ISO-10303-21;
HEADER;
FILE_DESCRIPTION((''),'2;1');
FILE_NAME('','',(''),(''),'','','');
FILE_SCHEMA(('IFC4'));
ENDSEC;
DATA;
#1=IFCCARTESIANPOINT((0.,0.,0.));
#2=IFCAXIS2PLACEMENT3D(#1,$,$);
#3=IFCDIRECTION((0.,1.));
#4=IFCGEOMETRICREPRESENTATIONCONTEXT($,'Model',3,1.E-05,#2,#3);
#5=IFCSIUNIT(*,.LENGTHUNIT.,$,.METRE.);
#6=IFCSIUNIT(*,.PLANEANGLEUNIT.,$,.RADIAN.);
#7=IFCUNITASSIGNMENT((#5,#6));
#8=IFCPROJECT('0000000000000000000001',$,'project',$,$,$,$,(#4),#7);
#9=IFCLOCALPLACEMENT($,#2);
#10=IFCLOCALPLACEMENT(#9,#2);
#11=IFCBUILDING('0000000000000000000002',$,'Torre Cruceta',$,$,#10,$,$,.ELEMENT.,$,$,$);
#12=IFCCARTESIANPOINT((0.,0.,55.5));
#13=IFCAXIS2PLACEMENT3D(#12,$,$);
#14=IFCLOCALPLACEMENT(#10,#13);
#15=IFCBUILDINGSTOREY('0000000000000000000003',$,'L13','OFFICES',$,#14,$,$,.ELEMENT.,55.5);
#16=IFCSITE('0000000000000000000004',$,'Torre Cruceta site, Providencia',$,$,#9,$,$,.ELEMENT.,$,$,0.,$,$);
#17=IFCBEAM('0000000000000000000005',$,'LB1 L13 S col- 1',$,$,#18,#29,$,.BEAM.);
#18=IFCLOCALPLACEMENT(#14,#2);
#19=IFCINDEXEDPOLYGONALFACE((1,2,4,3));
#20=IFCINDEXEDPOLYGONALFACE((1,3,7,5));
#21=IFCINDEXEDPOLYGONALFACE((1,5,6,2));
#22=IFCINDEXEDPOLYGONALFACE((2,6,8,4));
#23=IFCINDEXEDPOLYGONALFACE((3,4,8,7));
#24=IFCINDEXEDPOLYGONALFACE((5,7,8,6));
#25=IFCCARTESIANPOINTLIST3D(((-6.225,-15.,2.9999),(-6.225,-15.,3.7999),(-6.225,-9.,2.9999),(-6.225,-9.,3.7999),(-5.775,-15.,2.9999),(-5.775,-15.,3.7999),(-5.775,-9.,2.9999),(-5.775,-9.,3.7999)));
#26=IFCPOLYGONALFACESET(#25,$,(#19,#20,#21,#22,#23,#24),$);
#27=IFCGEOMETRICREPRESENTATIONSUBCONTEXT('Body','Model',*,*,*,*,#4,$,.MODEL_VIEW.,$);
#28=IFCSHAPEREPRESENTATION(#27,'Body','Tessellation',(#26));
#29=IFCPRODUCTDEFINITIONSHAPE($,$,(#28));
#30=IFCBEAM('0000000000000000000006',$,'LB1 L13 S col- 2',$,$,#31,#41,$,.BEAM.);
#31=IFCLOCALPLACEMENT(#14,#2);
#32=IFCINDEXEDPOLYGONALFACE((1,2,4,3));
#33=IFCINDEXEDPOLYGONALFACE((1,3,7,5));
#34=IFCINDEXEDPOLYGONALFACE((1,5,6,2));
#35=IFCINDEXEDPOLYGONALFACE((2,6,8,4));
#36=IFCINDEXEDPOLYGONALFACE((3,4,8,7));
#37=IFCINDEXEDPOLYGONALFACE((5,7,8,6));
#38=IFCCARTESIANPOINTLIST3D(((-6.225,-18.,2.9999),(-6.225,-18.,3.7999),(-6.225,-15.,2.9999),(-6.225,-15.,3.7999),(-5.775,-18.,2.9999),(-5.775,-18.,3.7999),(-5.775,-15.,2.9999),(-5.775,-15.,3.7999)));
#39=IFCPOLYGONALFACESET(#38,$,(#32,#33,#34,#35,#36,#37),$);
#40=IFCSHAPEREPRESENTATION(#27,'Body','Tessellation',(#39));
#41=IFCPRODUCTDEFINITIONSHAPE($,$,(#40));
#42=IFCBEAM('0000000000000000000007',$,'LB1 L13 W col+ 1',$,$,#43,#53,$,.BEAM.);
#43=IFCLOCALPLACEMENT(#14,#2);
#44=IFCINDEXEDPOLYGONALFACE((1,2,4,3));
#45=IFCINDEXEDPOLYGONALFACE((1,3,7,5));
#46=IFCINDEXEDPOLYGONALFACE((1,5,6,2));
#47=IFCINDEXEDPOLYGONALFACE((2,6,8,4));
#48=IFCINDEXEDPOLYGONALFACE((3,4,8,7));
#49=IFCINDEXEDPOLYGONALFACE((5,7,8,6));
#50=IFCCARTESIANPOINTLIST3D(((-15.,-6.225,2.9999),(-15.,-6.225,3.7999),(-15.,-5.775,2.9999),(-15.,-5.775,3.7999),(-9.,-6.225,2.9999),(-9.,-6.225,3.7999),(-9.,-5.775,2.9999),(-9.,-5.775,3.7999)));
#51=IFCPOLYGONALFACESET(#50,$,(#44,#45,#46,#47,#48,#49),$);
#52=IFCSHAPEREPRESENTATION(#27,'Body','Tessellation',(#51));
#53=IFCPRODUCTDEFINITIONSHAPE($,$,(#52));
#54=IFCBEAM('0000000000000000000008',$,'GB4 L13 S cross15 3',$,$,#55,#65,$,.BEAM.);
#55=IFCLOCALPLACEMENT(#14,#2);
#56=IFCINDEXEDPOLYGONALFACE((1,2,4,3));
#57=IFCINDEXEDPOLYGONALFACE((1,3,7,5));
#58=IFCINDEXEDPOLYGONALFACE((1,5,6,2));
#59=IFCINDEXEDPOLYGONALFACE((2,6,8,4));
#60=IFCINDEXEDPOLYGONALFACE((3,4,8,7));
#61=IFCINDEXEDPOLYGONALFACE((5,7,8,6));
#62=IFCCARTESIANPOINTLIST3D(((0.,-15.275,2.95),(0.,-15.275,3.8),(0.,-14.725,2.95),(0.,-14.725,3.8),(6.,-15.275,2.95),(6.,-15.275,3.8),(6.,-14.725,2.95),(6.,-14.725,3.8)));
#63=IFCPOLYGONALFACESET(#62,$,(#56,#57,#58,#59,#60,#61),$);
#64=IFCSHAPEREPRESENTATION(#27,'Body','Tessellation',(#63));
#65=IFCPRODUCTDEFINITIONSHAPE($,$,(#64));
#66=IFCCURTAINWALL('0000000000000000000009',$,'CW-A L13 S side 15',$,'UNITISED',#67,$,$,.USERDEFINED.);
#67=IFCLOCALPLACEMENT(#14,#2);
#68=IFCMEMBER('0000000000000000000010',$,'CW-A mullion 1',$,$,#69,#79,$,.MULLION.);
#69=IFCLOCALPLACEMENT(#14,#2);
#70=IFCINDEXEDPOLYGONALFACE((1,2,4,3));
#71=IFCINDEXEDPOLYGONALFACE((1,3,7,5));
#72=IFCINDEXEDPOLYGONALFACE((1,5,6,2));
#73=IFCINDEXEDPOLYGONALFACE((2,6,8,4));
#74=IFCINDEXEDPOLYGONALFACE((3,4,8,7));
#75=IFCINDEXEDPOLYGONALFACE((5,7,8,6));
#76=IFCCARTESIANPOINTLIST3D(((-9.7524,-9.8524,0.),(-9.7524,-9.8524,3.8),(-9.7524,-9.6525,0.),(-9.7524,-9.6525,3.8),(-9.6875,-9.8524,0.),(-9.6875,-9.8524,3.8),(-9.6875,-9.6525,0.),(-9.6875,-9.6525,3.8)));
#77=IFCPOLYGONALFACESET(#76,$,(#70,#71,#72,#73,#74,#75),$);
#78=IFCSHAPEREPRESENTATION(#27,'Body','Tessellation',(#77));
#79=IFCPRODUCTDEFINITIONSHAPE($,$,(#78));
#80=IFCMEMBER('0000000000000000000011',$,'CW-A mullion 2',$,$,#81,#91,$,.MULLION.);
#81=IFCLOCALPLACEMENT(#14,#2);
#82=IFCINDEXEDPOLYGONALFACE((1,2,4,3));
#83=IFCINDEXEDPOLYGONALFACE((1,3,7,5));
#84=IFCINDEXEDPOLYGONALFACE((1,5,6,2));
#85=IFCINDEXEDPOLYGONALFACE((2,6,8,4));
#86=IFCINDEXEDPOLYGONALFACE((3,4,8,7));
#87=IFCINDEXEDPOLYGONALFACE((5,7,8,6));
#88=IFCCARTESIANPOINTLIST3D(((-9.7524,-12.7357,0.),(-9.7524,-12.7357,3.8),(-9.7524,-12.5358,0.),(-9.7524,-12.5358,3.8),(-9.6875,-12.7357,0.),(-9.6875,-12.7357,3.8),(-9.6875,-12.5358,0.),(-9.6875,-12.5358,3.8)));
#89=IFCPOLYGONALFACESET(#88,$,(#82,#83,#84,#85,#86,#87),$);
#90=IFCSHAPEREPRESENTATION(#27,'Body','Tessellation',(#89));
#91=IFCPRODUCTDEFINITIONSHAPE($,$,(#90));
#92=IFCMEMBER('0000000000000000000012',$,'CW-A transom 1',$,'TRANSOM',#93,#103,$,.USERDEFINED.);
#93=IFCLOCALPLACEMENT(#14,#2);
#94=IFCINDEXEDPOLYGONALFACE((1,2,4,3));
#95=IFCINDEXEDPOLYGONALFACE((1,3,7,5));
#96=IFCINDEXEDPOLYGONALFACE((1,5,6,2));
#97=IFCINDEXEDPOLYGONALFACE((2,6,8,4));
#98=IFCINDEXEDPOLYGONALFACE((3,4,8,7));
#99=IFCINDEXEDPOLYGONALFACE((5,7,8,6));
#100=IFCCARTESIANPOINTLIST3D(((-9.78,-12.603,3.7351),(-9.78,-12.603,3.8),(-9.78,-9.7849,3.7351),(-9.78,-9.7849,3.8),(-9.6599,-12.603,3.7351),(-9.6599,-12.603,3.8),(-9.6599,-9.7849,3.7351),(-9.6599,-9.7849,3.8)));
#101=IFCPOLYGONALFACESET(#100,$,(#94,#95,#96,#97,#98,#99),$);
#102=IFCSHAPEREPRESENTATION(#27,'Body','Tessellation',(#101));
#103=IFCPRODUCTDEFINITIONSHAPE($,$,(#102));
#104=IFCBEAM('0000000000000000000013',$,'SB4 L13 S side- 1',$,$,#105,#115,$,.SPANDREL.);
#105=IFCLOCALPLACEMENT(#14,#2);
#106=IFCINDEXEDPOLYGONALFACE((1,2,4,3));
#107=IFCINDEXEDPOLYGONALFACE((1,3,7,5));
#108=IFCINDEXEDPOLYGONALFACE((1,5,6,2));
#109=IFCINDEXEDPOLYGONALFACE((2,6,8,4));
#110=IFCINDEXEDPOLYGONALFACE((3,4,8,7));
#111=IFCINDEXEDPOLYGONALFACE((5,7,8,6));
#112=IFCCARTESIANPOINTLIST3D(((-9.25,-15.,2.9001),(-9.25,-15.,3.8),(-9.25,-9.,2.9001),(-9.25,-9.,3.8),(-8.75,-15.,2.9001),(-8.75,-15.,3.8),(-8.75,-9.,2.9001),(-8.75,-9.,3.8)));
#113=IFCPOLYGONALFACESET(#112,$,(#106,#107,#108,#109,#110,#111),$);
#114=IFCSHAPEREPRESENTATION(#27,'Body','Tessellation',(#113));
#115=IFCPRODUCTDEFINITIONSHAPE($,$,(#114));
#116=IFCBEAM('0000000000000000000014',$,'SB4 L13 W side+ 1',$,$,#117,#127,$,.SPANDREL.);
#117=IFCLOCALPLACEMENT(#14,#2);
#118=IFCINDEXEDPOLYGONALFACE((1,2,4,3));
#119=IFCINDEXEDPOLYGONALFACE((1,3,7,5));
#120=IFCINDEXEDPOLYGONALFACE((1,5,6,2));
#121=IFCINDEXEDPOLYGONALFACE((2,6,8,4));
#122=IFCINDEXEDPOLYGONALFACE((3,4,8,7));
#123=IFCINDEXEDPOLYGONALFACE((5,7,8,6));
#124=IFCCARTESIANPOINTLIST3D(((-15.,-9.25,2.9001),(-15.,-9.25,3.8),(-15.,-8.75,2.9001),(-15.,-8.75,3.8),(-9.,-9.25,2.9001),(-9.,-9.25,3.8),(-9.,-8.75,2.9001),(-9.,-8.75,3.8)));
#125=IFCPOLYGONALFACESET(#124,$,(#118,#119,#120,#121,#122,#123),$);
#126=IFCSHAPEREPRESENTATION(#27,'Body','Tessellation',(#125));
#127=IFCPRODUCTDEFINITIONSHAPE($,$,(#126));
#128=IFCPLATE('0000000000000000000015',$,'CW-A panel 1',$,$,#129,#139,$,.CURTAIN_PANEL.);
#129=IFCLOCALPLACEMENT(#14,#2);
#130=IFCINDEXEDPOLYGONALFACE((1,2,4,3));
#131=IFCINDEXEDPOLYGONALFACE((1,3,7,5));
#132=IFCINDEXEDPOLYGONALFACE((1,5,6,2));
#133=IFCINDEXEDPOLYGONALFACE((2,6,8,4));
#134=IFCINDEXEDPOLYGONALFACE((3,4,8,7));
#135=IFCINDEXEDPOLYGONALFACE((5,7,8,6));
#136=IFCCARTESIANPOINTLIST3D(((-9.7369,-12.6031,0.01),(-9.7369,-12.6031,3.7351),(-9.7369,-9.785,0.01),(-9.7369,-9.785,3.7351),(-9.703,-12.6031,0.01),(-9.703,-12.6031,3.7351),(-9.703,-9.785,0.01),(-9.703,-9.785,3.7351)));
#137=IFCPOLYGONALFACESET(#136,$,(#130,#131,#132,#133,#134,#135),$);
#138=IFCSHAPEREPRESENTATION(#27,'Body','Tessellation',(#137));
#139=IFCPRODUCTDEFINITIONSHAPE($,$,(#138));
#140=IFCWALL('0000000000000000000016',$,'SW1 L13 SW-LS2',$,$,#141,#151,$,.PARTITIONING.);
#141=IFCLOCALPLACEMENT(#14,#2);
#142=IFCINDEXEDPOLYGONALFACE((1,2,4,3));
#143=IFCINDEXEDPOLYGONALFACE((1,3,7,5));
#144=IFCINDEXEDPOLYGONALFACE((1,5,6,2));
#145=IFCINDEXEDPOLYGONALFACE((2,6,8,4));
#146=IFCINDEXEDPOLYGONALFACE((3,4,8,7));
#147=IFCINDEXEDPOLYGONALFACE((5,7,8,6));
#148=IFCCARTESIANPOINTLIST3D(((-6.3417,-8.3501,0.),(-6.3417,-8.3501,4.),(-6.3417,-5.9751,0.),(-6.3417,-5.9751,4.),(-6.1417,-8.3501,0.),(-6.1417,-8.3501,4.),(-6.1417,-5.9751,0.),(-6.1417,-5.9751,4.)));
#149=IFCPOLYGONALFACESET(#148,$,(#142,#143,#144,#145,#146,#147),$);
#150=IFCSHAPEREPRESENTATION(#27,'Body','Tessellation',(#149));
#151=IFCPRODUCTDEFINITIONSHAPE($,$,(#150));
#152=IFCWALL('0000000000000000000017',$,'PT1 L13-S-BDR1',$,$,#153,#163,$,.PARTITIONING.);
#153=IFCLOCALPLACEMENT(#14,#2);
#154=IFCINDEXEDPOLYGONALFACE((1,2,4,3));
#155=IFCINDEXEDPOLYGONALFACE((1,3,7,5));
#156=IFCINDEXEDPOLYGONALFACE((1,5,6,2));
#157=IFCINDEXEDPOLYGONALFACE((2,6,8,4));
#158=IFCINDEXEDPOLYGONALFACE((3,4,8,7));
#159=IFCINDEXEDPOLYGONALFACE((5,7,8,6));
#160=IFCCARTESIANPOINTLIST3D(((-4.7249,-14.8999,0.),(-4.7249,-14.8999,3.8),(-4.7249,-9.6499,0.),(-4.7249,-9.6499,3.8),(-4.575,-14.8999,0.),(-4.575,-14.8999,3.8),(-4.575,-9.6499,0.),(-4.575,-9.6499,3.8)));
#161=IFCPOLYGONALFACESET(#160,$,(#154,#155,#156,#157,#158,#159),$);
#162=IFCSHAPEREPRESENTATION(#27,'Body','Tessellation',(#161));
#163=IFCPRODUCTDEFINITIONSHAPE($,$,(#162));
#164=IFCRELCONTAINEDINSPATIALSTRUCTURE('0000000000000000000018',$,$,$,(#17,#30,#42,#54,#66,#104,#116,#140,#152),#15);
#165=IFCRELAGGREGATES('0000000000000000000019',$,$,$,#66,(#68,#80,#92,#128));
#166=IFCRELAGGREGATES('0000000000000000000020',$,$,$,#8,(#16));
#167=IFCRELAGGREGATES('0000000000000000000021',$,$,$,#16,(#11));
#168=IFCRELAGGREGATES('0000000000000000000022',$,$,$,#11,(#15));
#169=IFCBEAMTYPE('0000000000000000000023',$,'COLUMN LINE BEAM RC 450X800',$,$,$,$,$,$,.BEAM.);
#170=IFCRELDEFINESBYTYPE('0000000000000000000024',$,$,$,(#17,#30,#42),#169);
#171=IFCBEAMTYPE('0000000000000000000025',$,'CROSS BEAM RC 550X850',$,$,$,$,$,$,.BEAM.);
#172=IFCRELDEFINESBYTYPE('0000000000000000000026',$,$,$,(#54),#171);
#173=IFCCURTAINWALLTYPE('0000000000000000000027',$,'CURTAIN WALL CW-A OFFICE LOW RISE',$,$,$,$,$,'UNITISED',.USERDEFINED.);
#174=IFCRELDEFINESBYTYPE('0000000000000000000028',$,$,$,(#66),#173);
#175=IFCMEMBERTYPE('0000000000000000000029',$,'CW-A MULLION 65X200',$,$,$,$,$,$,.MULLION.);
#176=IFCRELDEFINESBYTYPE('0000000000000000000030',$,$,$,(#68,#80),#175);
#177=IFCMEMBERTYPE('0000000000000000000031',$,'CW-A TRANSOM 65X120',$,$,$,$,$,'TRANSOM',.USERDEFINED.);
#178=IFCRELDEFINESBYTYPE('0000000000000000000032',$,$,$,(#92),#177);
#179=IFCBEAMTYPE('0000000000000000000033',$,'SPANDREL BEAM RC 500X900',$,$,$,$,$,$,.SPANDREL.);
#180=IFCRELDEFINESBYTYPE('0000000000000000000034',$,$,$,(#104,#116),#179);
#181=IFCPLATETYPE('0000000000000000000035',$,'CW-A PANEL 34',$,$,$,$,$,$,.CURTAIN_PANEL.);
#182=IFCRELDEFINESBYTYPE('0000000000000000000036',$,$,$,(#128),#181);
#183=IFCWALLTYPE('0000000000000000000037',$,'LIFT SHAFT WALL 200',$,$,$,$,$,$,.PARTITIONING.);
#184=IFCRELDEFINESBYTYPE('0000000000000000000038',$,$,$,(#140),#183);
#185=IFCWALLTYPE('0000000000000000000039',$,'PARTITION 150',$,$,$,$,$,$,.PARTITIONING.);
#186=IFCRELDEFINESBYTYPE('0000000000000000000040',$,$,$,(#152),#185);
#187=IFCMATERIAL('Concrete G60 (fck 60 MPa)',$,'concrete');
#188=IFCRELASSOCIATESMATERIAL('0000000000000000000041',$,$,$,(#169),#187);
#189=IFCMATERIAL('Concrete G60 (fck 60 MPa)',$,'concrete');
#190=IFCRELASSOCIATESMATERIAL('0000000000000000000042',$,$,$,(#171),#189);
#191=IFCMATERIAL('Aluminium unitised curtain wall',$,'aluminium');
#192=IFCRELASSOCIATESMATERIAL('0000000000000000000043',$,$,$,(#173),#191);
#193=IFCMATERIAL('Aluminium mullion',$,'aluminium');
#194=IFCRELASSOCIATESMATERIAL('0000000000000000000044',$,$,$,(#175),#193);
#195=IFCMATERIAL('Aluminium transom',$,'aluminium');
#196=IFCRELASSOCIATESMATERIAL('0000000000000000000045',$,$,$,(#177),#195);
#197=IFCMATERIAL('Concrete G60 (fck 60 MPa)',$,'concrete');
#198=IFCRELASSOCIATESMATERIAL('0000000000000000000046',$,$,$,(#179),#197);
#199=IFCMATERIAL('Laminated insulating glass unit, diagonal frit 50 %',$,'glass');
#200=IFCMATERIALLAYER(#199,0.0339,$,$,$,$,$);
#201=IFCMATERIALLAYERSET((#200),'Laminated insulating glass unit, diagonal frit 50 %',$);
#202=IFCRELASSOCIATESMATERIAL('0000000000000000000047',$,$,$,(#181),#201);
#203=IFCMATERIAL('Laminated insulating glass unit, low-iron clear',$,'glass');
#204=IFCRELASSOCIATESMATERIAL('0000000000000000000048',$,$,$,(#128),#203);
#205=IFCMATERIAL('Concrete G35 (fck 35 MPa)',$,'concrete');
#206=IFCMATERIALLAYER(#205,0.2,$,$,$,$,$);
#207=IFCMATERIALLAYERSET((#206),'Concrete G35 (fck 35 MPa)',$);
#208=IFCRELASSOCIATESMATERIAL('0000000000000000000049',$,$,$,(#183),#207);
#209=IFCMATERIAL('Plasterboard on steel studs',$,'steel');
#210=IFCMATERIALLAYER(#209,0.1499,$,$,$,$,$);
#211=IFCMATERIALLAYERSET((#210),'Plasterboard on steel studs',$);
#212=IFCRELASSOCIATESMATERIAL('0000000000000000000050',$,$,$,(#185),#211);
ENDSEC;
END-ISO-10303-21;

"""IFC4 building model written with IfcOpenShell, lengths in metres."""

from ifc_helpers import new_model, si_unit, direction, frame, frame_2d, origin, origin_2d, place, context, subcontext, project, spatial, rectangle, extrude, material, layer, layer_set, material_profile, profile_set, type_object, element, aggregate, save


model = new_model("IFC4")

# Units and contexts
model_context = context("Model", 3, precision=1e-05, world=origin(), true_north=direction((0.0, 1.0)))
body_context = subcontext(model_context, "Body", "Model", "MODEL_VIEW")
ifc_project = project(units=[si_unit("LENGTHUNIT", "METRE"), si_unit("PLANEANGLEUNIT", "RADIAN")], contexts=[model_context])

# Site, building, storey
site_placement = place(None, origin())
site = spatial("IfcSite", under=ifc_project, at=site_placement, Name="Torre Cruceta site, Providencia", CompositionType="ELEMENT", RefElevation=0.0)
building_placement = place(site_placement, origin())
building = spatial("IfcBuilding", under=site, at=building_placement, Name="Torre Cruceta", CompositionType="ELEMENT")
storey_placement = place(building_placement, frame((0.0, 0.0, 55.5)))
storey = spatial("IfcBuildingStorey", under=building, at=storey_placement, Name="L13", Description="OFFICES", CompositionType="ELEMENT", Elevation=55.5)

# Beams
ifc_material_1 = material(Name="Concrete G60 (fck 60 MPa)", Category="concrete")
ifc_material_profile_1 = material_profile(ifc_material_1, rectangle(XDim=0.45, YDim=0.8, at=origin_2d()), Name="RC 450X800")
ifc_profile_set_1 = profile_set([ifc_material_profile_1], Name="Concrete G60 (fck 60 MPa)")
beam_type_1 = type_object("IfcBeamType", Name="COLUMN LINE BEAM RC 450X800", PredefinedType="BEAM", material=ifc_profile_set_1)
beam_1_placement = place(storey_placement, frame((-6.0, -9.0, 3.3999), z_axis=(0.0, -1.0, 0.0), x_axis=(1.0, 0.0, 0.0)))
element("IfcBeam", 1, at=beam_1_placement, inside=storey, type_object=beam_type_1, Name="LB1 L13 S col- 1", PredefinedType="BEAM", context=body_context, shape_type="SweptSolid", body=[
    extrude(rectangle(XDim=0.45, YDim=0.8, at=origin_2d()), origin(), (0.0, 0.0, 1.0), 6.0),
])
beam_2_placement = place(storey_placement, frame((-6.0, -15.0, 3.3999), z_axis=(0.0, -1.0, 0.0), x_axis=(1.0, 0.0, 0.0)))
element("IfcBeam", 2, at=beam_2_placement, inside=storey, type_object=beam_type_1, Name="LB1 L13 S col- 2", PredefinedType="BEAM", context=body_context, shape_type="SweptSolid", body=[
    extrude(rectangle(XDim=0.45, YDim=0.8, at=origin_2d()), origin(), (0.0, 0.0, 1.0), 3.0),
])
beam_3_placement = place(storey_placement, frame((-9.0, -6.0, 3.3999), z_axis=(-1.0, 0.0, 0.0), x_axis=(0.0, -1.0, 0.0)))
element("IfcBeam", 3, at=beam_3_placement, inside=storey, type_object=beam_type_1, Name="LB1 L13 W col+ 1", PredefinedType="BEAM", context=body_context, shape_type="SweptSolid", body=[
    extrude(rectangle(XDim=0.45, YDim=0.8, at=origin_2d()), origin(), (0.0, 0.0, 1.0), 6.0),
])
ifc_material_2 = material(Name="Concrete G60 (fck 60 MPa)", Category="concrete")
ifc_material_profile_2 = material_profile(ifc_material_2, rectangle(XDim=0.55, YDim=0.8501, at=origin_2d()), Name="RC 550X850")
ifc_profile_set_2 = profile_set([ifc_material_profile_2], Name="Concrete G60 (fck 60 MPa)")
beam_type_2 = type_object("IfcBeamType", Name="CROSS BEAM RC 550X850", PredefinedType="BEAM", material=ifc_profile_set_2)
beam_4_placement = place(storey_placement, frame((0.0, -15.0, 3.375), z_axis=(1.0, 0.0, 0.0), x_axis=(0.0, 1.0, 0.0)))
element("IfcBeam", 4, at=beam_4_placement, inside=storey, type_object=beam_type_2, Name="GB4 L13 S cross15 3", PredefinedType="BEAM", context=body_context, shape_type="SweptSolid", body=[
    extrude(rectangle(XDim=0.55, YDim=0.8501, at=origin_2d()), origin(), (0.0, 0.0, 1.0), 6.0),
])

# Curtain wall, members
ifc_material_3 = material(Name="Aluminium unitised curtain wall", Category="aluminium")
curtain_wall_type = type_object("IfcCurtainWallType", Name="CURTAIN WALL CW-A OFFICE LOW RISE", ElementType="UNITISED", PredefinedType="USERDEFINED", material=ifc_material_3)
curtain_wall_placement = place(storey_placement, origin())
curtain_wall = element("IfcCurtainWall", 5, at=curtain_wall_placement, inside=storey, type_object=curtain_wall_type, Name="CW-A L13 S side 15", ObjectType="UNITISED", PredefinedType="USERDEFINED")
ifc_material_4 = material(Name="Aluminium mullion", Category="aluminium")
ifc_material_profile_3 = material_profile(ifc_material_4, rectangle(XDim=0.0649, YDim=0.2, at=origin_2d()), Name="AL 65X200")
ifc_profile_set_3 = profile_set([ifc_material_profile_3], Name="Aluminium mullion")
member_type_1 = type_object("IfcMemberType", Name="CW-A MULLION 65X200", PredefinedType="MULLION", material=ifc_profile_set_3)
member_1_placement = place(storey_placement, frame((-9.72, -9.7524, 0.0), z_axis=(0.0, 0.0, 1.0), x_axis=(1.0, 0.0, 0.0)))
member_1 = element("IfcMember", 6, at=member_1_placement, type_object=member_type_1, Name="CW-A mullion 1", PredefinedType="MULLION", context=body_context, shape_type="SweptSolid", body=[
    extrude(rectangle(XDim=0.0649, YDim=0.2, at=origin_2d()), origin(), (0.0, 0.0, 1.0), 3.8),
])
member_2_placement = place(storey_placement, frame((-9.72, -12.6357, 0.0), z_axis=(0.0, 0.0, 1.0), x_axis=(1.0, 0.0, 0.0)))
member_2 = element("IfcMember", 7, at=member_2_placement, type_object=member_type_1, Name="CW-A mullion 2", PredefinedType="MULLION", context=body_context, shape_type="SweptSolid", body=[
    extrude(rectangle(XDim=0.0649, YDim=0.2, at=origin_2d()), origin(), (0.0, 0.0, 1.0), 3.8),
])
ifc_material_5 = material(Name="Aluminium transom", Category="aluminium")
ifc_material_profile_4 = material_profile(ifc_material_5, rectangle(XDim=0.1201, YDim=0.0649, at=origin_2d()), Name="AL 120X65")
ifc_profile_set_4 = profile_set([ifc_material_profile_4], Name="Aluminium transom")
member_type_2 = type_object("IfcMemberType", Name="CW-A TRANSOM 65X120", ElementType="TRANSOM", PredefinedType="USERDEFINED", material=ifc_profile_set_4)
member_3_placement = place(storey_placement, frame((-9.72, -9.7849, 3.7676), z_axis=(0.0, -1.0, 0.0), x_axis=(1.0, 0.0, 0.0)))
member_3 = element("IfcMember", 8, at=member_3_placement, type_object=member_type_2, Name="CW-A transom 1", ObjectType="TRANSOM", PredefinedType="USERDEFINED", context=body_context, shape_type="SweptSolid", body=[
    extrude(rectangle(XDim=0.1201, YDim=0.0649, at=origin_2d()), origin(), (0.0, 0.0, 1.0), 2.8181),
])

# Beams
ifc_material_6 = material(Name="Concrete G60 (fck 60 MPa)", Category="concrete")
ifc_material_profile_5 = material_profile(ifc_material_6, rectangle(XDim=0.5, YDim=0.8999, at=origin_2d()), Name="RC 500X900")
ifc_profile_set_5 = profile_set([ifc_material_profile_5], Name="Concrete G60 (fck 60 MPa)")
beam_type_3 = type_object("IfcBeamType", Name="SPANDREL BEAM RC 500X900", PredefinedType="SPANDREL", material=ifc_profile_set_5)
for number, where, z_axis, x_axis, name in (
    (9, (-9.0, -9.0, 3.3501), (0.0, -1.0, 0.0), (1.0, 0.0, 0.0), "SB4 L13 S side- 1"),
    (10, (-9.0, -9.0, 3.3501), (-1.0, 0.0, 0.0), (0.0, -1.0, 0.0), "SB4 L13 W side+ 1"),
):
    element("IfcBeam", number, at=place(storey_placement, frame(where, z_axis=z_axis, x_axis=x_axis)), inside=storey, type_object=beam_type_3, Name=name, PredefinedType="SPANDREL", context=body_context, shape_type="SweptSolid", body=[
        extrude(rectangle(XDim=0.5, YDim=0.8999, at=origin_2d()), origin(), (0.0, 0.0, 1.0), 6.0),
    ])

# Plate
ifc_material_7 = material(Name="Laminated insulating glass unit, low-iron clear", Category="glass")
ifc_material_8 = material(Name="Laminated insulating glass unit, diagonal frit 50 %", Category="glass")
ifc_layer_1 = layer(ifc_material_8, 0.0339)
ifc_layer_set_1 = layer_set([ifc_layer_1], Name="Laminated insulating glass unit, diagonal frit 50 %")
plate_type = type_object("IfcPlateType", Name="CW-A PANEL 34", PredefinedType="CURTAIN_PANEL", material=ifc_layer_set_1)
plate_placement = place(storey_placement, frame((-9.72, -11.1941, 0.01), z_axis=(0.0, 0.0, 1.0), x_axis=(0.0, -1.0, 0.0)))
plate = element("IfcPlate", 11, at=plate_placement, type_object=plate_type, material=ifc_material_7, Name="CW-A panel 1", PredefinedType="CURTAIN_PANEL", context=body_context, shape_type="SweptSolid", body=[
    extrude(rectangle(XDim=2.8181, YDim=0.0339, at=origin_2d()), origin(), (0.0, 0.0, 1.0), 3.7251),
])
aggregate(curtain_wall, [member_1, member_2, member_3, plate])

# Walls
ifc_material_9 = material(Name="Concrete G35 (fck 35 MPa)", Category="concrete")
ifc_layer_2 = layer(ifc_material_9, 0.2)
ifc_layer_set_2 = layer_set([ifc_layer_2], Name="Concrete G35 (fck 35 MPa)")
wall_type_1 = type_object("IfcWallType", Name="LIFT SHAFT WALL 200", PredefinedType="PARTITIONING", material=ifc_layer_set_2)
wall_1_placement = place(storey_placement, frame((-6.2417, -5.9751, 0.0), z_axis=(0.0, 0.0, 1.0), x_axis=(0.0, -1.0, 0.0)))
element("IfcWall", 12, at=wall_1_placement, inside=storey, type_object=wall_type_1, Name="SW1 L13 SW-LS2", PredefinedType="PARTITIONING", context=body_context, shape_type="SweptSolid", body=[
    extrude(rectangle(XDim=2.375, YDim=0.2, at=frame_2d((1.1875, 0.0))), origin(), (0.0, 0.0, 1.0), 4.0),
])
ifc_material_10 = material(Name="Plasterboard on steel studs", Category="steel")
ifc_layer_3 = layer(ifc_material_10, 0.1499)
ifc_layer_set_3 = layer_set([ifc_layer_3], Name="Plasterboard on steel studs")
wall_type_2 = type_object("IfcWallType", Name="PARTITION 150", PredefinedType="PARTITIONING", material=ifc_layer_set_3)
wall_2_placement = place(storey_placement, frame((-4.6499, -9.6499, 0.0), z_axis=(0.0, 0.0, 1.0), x_axis=(0.0, -1.0, 0.0)))
element("IfcWall", 13, at=wall_2_placement, inside=storey, type_object=wall_type_2, Name="PT1 L13-S-BDR1", PredefinedType="PARTITIONING", context=body_context, shape_type="SweptSolid", body=[
    extrude(rectangle(XDim=5.25, YDim=0.1499, at=frame_2d((2.625, 0.0))), origin(), (0.0, 0.0, 1.0), 3.8),
])

save(model, "model.ifc")
